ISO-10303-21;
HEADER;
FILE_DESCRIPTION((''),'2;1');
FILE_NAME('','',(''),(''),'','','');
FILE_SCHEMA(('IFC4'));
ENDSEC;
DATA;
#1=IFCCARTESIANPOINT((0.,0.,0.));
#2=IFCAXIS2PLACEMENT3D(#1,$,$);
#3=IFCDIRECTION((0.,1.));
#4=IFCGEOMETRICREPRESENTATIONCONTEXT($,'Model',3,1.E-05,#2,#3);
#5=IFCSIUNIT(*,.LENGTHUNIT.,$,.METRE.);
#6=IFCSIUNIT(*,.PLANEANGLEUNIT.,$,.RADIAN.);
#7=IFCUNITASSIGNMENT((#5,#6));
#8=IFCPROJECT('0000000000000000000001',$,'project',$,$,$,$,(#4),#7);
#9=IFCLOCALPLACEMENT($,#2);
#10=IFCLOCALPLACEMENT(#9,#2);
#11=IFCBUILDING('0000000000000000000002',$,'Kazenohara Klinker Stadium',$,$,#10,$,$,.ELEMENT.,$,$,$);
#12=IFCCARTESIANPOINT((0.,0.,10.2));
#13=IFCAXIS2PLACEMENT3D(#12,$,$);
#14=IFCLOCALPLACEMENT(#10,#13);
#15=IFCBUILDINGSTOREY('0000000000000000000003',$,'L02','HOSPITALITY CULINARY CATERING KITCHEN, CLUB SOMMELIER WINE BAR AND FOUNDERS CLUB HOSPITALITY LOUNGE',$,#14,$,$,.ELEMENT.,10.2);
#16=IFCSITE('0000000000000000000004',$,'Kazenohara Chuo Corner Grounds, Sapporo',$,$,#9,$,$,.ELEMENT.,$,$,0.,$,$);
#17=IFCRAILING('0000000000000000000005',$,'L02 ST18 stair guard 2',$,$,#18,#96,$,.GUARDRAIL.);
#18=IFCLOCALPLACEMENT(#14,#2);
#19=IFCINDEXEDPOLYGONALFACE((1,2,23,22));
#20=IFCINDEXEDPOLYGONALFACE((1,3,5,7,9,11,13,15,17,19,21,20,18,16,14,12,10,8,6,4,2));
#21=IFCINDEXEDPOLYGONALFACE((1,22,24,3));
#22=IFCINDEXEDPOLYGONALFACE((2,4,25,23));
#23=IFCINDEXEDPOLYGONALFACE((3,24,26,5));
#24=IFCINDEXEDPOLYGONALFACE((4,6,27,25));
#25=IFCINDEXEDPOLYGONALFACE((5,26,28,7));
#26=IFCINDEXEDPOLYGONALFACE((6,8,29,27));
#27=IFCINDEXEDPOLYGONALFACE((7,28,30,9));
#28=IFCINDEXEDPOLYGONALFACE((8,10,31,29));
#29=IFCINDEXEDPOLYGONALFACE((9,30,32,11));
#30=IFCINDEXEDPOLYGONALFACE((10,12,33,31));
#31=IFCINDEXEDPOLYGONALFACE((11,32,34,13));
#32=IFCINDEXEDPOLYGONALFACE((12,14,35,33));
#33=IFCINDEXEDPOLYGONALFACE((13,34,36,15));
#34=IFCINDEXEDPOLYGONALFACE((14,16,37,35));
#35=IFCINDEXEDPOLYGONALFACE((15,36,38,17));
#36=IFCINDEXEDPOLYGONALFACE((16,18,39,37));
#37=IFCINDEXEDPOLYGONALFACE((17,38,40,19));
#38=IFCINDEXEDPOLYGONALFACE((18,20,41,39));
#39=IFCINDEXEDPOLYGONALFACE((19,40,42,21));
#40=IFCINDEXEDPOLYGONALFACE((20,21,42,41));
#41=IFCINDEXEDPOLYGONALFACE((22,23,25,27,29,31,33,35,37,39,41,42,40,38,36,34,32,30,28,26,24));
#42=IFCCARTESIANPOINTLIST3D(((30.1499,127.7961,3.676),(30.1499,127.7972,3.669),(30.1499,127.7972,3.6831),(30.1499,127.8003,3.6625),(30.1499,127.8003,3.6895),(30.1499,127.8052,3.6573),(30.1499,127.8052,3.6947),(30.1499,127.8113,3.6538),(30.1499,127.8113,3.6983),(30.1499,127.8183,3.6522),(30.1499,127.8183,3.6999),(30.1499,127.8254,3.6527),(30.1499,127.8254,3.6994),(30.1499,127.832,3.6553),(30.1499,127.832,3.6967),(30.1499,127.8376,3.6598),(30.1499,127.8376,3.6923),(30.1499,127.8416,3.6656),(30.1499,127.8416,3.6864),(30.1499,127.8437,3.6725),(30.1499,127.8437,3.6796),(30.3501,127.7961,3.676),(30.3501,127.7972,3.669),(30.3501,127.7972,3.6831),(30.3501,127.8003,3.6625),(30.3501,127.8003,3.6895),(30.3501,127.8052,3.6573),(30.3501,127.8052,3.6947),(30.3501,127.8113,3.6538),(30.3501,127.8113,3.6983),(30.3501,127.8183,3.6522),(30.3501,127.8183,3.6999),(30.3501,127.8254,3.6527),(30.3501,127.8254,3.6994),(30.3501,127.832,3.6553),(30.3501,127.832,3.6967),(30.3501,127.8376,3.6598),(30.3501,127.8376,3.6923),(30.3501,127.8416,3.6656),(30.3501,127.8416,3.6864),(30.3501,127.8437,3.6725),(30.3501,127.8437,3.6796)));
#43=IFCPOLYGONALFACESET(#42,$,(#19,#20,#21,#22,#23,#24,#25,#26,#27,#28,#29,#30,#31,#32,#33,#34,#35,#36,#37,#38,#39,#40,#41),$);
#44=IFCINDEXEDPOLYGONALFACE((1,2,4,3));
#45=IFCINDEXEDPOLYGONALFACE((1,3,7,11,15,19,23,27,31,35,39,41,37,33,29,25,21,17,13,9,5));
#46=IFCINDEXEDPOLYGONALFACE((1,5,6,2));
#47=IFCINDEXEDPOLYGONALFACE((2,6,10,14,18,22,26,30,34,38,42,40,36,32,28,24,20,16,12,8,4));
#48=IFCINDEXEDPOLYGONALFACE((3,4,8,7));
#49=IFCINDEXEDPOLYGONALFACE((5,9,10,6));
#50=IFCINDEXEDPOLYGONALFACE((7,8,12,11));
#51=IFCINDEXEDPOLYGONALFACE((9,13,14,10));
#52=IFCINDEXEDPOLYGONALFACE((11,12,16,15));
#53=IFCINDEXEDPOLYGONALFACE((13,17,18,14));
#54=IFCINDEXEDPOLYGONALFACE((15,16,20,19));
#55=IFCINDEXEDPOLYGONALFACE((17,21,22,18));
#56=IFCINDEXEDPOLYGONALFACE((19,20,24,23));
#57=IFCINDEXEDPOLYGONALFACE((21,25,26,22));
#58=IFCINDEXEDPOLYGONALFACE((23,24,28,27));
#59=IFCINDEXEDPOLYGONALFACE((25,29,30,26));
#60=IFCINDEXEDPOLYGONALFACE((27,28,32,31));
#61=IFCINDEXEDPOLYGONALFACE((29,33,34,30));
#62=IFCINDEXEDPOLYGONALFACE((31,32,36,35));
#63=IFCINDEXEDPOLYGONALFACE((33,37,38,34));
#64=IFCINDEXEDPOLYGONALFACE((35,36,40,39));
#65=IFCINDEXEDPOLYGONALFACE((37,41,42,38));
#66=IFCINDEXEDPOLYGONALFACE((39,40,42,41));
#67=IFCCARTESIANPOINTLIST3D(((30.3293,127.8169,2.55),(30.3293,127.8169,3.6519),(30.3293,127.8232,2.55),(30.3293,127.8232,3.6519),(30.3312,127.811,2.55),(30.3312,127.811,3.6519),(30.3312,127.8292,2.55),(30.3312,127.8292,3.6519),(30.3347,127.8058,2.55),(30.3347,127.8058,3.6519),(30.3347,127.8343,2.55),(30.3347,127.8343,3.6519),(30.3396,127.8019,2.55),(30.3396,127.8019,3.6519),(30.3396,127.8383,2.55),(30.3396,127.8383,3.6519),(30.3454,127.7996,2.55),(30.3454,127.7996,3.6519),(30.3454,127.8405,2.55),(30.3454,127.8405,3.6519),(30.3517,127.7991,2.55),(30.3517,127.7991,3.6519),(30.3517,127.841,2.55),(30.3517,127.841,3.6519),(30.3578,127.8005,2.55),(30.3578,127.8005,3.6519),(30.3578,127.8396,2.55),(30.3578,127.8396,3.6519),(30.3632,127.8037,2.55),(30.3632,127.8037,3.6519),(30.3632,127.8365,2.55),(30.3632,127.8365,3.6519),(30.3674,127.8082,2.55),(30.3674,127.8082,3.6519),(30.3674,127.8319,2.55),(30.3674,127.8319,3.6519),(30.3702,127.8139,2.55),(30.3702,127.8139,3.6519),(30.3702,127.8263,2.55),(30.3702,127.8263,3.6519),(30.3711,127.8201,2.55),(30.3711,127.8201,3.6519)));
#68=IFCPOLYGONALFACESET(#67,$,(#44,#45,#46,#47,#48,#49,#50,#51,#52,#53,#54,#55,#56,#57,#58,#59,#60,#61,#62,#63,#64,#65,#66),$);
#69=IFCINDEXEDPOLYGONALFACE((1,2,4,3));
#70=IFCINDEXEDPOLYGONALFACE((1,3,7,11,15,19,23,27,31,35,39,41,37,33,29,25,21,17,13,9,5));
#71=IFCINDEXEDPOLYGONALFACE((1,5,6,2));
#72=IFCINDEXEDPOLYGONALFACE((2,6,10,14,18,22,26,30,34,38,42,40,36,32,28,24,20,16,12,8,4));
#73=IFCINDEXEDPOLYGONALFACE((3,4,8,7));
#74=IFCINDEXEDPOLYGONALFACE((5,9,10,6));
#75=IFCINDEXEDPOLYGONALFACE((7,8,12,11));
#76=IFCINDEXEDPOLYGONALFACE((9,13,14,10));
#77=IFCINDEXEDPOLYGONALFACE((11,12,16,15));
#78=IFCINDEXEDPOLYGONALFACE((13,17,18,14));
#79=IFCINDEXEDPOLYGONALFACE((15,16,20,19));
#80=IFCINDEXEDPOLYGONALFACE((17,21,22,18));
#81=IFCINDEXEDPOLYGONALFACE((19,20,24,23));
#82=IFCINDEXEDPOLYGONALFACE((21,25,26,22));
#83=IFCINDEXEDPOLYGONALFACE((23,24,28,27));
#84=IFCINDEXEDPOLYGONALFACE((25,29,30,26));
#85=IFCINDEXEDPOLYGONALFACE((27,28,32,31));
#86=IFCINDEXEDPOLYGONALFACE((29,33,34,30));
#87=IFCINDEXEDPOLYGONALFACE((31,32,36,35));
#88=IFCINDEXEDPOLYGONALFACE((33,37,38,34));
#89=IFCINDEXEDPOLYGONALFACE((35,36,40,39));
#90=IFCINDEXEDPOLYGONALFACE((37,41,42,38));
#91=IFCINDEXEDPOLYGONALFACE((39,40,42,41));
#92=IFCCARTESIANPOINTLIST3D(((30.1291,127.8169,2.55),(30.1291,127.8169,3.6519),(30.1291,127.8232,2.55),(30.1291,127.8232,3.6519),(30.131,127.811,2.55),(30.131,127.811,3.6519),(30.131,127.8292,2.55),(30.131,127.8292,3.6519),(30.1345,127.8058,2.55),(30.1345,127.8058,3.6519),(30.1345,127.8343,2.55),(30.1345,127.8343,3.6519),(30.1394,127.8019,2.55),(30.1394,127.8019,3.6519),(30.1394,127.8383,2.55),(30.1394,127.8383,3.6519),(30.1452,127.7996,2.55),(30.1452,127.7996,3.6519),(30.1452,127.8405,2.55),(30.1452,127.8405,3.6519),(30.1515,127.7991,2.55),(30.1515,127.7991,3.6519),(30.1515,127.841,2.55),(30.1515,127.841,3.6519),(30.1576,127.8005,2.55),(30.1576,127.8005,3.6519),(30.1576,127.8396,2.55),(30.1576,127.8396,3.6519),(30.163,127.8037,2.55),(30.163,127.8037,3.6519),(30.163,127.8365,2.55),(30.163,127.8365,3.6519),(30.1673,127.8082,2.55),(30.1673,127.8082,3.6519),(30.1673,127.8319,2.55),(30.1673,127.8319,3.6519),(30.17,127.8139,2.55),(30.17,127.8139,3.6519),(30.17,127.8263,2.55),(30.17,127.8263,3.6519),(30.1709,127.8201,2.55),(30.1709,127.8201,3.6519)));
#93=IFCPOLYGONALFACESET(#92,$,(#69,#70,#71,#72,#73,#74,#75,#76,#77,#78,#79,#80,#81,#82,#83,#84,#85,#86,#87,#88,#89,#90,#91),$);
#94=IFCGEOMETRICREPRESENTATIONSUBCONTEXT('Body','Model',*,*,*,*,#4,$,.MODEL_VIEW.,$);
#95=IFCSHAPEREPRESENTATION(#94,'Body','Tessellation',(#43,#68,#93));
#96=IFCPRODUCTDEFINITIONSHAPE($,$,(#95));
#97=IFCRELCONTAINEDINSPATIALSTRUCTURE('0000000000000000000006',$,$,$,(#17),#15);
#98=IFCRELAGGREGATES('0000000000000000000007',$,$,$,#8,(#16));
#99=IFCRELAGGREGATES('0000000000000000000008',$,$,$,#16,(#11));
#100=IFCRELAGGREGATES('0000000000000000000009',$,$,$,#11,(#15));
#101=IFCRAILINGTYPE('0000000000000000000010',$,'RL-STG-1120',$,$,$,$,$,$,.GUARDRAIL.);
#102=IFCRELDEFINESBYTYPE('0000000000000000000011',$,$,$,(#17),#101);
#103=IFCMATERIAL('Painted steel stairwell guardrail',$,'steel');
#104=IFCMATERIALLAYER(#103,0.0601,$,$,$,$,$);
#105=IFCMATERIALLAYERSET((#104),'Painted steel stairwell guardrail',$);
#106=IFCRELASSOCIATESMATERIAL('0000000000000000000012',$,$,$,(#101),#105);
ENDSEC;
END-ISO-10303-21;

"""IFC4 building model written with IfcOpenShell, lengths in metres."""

from ifc_helpers import new_model, si_unit, direction, frame, origin, origin_2d, place, context, subcontext, project, spatial, circle, extrude, material, layer, layer_set, type_object, element, save


model = new_model("IFC4")

# Units and contexts
model_context = context("Model", 3, precision=1e-05, world=origin(), true_north=direction((0.0, 1.0)))
body_context = subcontext(model_context, "Body", "Model", "MODEL_VIEW")
ifc_project = project(units=[si_unit("LENGTHUNIT", "METRE"), si_unit("PLANEANGLEUNIT", "RADIAN")], contexts=[model_context])

# Site, building, storey
site_placement = place(None, origin())
site = spatial("IfcSite", under=ifc_project, at=site_placement, Name="Kazenohara Chuo Corner Grounds, Sapporo", CompositionType="ELEMENT", RefElevation=0.0)
building_placement = place(site_placement, origin())
building = spatial("IfcBuilding", under=site, at=building_placement, Name="Kazenohara Klinker Stadium", CompositionType="ELEMENT")
storey_placement = place(building_placement, frame((0.0, 0.0, 10.2)))
storey = spatial("IfcBuildingStorey", under=building, at=storey_placement, Name="L02", Description="HOSPITALITY CULINARY CATERING KITCHEN, CLUB SOMMELIER WINE BAR AND FOUNDERS CLUB HOSPITALITY LOUNGE", CompositionType="ELEMENT", Elevation=10.2)

# Railing
ifc_material_1 = material(Name="Painted steel stairwell guardrail", Category="steel")
ifc_layer_1 = layer(ifc_material_1, 0.0601)
ifc_layer_set_1 = layer_set([ifc_layer_1], Name="Painted steel stairwell guardrail")
railing_type_1 = type_object("IfcRailingType", Name="RL-STG-1120", PredefinedType="GUARDRAIL", material=ifc_layer_set_1)
railing_1_placement = place(storey_placement, frame((30.3501, 127.8201, 2.55)))
element("IfcRailing", 1, at=railing_1_placement, inside=storey, type_object=railing_type_1, Name="L02 ST18 stair guard 2", PredefinedType="GUARDRAIL", context=body_context, shape_type="SweptSolid", body=[
    extrude(circle(Radius=0.0239, at=origin_2d()), frame((0.0, 0.0, 1.126), z_axis=(-1.0, 0.0, 0.0), x_axis=(0.0, -1.0, 0.0)), (0.0, 0.0, 1.0), 0.2002),
    extrude(circle(Radius=0.021, at=origin_2d()), origin(), (0.0, 0.0, 1.0), 1.1018),
    extrude(circle(Radius=0.021, at=origin_2d()), frame((-0.2002, 0.0, 0.0)), (0.0, 0.0, 1.0), 1.1018),
])

save(model, "model.ifc")
